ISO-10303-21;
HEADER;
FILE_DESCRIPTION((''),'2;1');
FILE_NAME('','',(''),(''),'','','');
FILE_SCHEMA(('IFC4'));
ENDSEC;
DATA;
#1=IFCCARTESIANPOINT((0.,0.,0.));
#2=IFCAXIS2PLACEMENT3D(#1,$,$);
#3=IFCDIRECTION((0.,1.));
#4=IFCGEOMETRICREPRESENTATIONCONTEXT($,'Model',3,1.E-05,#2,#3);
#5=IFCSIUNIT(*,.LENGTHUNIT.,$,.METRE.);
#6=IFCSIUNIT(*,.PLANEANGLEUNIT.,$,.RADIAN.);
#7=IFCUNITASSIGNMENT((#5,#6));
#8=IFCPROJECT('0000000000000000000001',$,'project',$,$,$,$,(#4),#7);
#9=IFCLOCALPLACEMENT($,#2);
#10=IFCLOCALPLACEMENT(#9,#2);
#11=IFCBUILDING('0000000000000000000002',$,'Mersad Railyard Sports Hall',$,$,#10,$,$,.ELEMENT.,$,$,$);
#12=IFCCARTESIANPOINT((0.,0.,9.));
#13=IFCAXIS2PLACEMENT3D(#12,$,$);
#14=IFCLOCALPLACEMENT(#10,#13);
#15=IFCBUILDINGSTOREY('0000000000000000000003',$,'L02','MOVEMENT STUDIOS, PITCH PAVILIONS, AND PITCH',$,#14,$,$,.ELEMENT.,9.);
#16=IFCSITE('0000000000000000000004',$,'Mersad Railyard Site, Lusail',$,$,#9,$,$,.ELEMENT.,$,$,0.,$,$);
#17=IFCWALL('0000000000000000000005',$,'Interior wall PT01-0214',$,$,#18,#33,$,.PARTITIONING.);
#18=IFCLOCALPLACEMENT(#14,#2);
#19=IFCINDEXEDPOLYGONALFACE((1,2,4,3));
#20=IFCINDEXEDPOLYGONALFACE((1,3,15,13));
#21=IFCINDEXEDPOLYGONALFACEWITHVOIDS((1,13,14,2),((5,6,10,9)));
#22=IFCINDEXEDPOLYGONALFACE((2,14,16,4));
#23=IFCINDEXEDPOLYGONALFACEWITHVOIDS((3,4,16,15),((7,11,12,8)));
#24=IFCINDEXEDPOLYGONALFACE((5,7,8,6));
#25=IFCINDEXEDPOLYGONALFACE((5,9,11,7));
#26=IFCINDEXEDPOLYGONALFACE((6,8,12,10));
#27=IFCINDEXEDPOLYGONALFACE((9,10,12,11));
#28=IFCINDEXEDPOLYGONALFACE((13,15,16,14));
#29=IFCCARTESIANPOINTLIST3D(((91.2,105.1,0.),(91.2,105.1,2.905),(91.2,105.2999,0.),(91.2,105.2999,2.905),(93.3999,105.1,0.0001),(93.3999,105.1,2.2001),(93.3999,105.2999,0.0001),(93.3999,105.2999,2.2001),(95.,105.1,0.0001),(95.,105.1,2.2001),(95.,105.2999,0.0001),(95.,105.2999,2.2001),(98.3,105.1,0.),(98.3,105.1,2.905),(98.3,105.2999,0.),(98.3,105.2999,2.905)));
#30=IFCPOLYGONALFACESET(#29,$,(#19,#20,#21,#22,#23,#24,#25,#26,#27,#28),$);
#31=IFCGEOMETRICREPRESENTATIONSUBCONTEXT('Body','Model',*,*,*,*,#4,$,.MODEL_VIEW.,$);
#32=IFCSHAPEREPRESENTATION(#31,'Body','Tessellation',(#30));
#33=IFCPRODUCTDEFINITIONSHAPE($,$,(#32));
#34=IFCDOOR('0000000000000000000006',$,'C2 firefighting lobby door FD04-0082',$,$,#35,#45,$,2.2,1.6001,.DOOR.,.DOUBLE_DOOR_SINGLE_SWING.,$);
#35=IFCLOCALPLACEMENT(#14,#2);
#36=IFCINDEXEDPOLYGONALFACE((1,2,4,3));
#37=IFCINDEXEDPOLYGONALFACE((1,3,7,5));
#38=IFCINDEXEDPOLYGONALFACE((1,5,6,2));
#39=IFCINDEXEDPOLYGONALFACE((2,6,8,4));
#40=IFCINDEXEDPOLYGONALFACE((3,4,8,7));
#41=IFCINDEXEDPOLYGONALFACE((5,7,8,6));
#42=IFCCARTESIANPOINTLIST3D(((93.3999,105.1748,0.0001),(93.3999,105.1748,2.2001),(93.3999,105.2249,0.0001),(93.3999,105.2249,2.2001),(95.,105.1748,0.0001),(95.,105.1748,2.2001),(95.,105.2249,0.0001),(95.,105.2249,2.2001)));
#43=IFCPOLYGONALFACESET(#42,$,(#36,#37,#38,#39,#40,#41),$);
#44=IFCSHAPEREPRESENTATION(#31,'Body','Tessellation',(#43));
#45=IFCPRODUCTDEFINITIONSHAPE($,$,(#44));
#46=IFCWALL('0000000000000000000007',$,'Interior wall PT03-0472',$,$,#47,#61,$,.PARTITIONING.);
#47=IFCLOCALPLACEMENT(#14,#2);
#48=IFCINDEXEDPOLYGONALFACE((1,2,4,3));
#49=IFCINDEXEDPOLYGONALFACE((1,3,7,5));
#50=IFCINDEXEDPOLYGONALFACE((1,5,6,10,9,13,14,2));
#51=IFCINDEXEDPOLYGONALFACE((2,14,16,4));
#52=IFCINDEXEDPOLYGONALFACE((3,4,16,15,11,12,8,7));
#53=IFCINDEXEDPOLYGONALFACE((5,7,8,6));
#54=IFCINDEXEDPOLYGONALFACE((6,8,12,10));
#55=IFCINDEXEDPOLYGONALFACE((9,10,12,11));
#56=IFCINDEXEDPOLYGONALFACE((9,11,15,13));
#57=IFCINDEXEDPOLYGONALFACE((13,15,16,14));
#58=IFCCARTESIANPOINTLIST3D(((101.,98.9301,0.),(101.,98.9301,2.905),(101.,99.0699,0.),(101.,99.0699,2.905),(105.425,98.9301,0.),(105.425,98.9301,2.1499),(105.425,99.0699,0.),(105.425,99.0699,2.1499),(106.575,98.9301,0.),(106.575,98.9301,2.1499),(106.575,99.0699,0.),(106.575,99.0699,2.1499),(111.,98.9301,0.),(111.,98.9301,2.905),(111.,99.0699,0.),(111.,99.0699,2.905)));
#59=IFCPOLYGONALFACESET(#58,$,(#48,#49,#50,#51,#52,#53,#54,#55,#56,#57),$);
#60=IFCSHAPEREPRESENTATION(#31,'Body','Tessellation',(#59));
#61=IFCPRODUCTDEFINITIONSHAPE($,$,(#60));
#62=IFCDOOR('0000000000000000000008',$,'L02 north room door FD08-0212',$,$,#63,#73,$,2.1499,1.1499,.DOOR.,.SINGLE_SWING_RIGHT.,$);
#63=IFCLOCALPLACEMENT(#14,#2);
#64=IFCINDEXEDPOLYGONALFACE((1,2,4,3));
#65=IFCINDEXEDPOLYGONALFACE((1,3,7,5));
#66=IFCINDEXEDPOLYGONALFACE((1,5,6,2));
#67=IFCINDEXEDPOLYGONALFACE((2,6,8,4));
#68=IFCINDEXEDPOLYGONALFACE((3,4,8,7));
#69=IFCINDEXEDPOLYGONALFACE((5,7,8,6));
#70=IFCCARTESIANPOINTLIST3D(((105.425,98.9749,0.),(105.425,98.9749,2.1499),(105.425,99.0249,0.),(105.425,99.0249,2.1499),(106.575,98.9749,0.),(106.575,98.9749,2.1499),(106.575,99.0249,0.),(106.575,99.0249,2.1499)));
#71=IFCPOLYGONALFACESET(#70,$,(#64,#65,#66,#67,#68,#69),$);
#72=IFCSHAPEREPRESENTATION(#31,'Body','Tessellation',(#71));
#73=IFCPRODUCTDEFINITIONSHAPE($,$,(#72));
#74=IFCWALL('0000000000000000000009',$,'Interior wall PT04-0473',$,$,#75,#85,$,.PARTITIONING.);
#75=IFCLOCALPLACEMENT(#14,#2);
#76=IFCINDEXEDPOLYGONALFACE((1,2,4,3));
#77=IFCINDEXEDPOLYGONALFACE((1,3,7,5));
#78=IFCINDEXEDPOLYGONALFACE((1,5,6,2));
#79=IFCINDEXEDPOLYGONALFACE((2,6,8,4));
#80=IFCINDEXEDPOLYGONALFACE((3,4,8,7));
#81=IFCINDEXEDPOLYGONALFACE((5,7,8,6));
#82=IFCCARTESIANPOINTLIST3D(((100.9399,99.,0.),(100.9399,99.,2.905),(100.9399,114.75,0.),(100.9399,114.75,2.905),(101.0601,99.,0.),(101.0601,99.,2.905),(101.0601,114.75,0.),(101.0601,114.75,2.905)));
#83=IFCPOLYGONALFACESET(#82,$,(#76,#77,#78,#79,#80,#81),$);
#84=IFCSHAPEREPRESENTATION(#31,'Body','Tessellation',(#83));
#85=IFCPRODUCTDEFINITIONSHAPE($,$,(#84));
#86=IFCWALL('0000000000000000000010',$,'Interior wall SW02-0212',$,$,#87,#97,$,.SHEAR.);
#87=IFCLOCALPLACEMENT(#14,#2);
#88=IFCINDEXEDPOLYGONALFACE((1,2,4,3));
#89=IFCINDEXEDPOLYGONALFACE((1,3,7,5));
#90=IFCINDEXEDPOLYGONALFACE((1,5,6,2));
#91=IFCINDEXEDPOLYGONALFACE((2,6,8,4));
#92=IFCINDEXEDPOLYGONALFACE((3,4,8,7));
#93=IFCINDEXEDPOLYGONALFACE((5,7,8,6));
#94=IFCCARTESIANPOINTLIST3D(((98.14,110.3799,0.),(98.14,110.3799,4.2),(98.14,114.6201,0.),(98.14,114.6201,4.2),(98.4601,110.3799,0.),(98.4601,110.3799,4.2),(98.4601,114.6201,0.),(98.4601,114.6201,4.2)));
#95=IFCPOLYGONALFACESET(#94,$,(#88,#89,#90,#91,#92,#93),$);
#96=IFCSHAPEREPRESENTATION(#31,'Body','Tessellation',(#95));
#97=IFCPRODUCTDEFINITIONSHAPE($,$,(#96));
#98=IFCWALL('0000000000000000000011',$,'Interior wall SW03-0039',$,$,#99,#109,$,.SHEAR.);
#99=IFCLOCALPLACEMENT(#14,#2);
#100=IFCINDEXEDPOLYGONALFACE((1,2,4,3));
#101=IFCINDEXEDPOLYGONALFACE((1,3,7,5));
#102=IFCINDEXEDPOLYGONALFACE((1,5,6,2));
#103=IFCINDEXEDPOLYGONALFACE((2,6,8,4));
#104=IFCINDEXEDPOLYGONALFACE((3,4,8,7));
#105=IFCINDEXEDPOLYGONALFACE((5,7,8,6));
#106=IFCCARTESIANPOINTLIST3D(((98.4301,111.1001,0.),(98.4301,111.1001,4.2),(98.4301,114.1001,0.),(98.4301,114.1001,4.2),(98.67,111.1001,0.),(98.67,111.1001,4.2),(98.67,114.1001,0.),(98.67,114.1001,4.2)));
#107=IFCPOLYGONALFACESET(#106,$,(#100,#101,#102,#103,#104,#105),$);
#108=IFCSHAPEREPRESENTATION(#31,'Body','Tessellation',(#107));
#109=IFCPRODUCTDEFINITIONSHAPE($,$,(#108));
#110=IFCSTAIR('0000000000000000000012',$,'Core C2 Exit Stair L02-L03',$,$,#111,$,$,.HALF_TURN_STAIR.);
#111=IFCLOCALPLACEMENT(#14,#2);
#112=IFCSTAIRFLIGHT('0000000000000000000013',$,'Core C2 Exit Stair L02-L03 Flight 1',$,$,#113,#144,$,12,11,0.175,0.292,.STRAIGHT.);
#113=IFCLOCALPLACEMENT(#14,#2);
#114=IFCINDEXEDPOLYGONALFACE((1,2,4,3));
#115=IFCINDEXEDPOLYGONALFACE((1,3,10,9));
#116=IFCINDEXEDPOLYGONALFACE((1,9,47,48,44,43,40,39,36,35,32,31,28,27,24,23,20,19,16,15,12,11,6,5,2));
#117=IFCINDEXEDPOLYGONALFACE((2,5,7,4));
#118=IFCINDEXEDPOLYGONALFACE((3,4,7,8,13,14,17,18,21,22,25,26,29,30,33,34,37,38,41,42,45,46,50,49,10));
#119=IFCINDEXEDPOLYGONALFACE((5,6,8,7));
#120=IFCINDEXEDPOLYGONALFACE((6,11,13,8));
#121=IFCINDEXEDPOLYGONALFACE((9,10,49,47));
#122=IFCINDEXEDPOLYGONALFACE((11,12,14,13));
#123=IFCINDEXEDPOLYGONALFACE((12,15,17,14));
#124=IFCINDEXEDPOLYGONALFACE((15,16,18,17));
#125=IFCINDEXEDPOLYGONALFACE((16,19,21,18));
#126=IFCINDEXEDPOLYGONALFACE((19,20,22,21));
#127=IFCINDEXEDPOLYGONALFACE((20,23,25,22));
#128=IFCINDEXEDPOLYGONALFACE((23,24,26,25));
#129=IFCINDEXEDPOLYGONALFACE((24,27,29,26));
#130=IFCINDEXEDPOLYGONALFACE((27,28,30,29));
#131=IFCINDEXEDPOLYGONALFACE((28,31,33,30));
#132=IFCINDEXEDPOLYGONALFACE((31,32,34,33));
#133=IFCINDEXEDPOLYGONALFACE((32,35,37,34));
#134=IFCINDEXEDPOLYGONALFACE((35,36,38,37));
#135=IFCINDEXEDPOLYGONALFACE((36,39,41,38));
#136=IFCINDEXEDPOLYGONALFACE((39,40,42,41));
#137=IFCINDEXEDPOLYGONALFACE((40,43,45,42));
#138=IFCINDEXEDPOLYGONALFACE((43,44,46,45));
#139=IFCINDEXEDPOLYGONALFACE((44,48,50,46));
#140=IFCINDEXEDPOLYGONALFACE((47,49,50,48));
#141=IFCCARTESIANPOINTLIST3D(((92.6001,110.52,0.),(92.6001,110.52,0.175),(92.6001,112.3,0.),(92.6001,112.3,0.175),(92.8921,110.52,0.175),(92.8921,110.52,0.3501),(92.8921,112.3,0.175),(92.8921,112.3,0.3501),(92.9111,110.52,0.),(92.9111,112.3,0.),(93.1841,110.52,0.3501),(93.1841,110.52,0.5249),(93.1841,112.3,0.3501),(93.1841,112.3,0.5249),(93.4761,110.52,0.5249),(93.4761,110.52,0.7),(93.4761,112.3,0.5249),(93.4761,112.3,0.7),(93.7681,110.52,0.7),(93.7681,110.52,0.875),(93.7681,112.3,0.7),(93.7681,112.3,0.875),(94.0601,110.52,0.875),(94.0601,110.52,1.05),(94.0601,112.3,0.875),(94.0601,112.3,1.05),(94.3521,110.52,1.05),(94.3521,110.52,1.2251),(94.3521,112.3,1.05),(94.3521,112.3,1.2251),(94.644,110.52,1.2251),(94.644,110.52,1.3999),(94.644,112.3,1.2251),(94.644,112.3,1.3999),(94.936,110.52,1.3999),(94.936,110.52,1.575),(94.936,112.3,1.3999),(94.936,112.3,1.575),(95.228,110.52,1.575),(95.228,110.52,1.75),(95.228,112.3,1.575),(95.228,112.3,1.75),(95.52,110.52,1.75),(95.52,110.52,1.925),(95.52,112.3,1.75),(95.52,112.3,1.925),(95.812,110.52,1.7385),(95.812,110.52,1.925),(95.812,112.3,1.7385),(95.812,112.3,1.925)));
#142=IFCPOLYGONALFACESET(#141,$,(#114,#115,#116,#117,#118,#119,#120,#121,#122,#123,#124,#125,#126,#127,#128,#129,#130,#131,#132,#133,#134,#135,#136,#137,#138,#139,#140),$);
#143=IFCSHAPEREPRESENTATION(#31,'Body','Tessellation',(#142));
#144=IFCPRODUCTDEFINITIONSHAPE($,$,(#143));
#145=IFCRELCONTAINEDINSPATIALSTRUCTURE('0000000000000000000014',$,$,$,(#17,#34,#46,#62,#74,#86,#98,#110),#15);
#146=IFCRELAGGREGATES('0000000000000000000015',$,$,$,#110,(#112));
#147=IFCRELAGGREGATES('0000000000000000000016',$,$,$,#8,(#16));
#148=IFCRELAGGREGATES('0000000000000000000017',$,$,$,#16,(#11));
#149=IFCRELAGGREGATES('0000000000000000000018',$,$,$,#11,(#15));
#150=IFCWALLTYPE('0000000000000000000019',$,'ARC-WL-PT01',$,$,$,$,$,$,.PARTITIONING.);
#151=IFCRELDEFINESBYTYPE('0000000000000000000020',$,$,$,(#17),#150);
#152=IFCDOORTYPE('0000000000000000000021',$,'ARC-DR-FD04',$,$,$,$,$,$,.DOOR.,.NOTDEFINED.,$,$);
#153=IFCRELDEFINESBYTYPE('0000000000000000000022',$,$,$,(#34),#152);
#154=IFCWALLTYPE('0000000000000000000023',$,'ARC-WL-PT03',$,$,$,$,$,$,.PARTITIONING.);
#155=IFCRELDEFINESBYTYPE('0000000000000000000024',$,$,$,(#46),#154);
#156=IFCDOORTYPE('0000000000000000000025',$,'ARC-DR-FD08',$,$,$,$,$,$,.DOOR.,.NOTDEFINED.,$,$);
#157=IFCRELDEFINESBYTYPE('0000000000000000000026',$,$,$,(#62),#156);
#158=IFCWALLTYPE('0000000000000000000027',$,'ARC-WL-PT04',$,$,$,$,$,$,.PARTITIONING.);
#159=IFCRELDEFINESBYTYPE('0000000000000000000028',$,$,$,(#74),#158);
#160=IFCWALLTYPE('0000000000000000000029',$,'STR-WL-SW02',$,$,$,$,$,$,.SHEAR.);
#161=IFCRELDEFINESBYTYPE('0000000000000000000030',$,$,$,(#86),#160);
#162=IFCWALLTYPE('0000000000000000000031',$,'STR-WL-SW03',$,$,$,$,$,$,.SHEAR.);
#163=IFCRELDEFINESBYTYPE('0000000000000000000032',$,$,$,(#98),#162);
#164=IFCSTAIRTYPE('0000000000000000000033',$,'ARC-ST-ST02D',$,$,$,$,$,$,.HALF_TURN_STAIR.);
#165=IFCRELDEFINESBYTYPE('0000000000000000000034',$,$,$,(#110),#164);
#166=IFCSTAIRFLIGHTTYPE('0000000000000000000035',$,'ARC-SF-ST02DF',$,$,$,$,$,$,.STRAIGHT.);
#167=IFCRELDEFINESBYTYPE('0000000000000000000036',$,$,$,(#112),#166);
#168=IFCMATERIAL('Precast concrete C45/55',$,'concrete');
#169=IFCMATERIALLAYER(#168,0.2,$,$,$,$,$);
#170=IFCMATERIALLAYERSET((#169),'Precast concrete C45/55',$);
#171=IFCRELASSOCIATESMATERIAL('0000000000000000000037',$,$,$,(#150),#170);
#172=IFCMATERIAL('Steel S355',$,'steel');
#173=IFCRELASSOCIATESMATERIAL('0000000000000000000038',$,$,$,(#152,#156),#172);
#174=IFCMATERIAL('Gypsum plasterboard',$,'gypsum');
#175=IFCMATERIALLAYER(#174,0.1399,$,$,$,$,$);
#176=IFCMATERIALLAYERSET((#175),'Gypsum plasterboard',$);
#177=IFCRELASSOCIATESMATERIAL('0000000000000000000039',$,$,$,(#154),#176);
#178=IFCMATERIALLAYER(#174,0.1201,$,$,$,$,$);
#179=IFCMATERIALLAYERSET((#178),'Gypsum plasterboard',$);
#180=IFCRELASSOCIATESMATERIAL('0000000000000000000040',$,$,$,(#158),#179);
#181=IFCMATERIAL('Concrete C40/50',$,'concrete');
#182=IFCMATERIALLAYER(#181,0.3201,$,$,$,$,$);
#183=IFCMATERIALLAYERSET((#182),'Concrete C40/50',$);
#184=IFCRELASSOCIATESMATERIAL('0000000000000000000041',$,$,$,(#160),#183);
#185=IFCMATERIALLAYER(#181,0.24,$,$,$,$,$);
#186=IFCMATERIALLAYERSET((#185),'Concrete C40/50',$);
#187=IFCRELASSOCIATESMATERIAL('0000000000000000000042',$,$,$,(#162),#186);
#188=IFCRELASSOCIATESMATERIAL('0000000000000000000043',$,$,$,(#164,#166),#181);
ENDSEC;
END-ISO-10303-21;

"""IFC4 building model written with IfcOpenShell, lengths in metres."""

from ifc_helpers import new_model, si_unit, direction, frame, frame_2d, origin, place, context, subcontext, project, spatial, polyline, rectangle, outline, extrude, material, layer, layer_set, type_object, element, fill, aggregate, save


model = new_model("IFC4")

# Units and contexts
model_context = context("Model", 3, precision=1e-05, world=origin(), true_north=direction((0.0, 1.0)))
body_context = subcontext(model_context, "Body", "Model", "MODEL_VIEW")
ifc_project = project(units=[si_unit("LENGTHUNIT", "METRE"), si_unit("PLANEANGLEUNIT", "RADIAN")], contexts=[model_context])

# Site, building, storey
site_placement = place(None, origin())
site = spatial("IfcSite", under=ifc_project, at=site_placement, Name="Mersad Railyard Site, Lusail", CompositionType="ELEMENT", RefElevation=0.0)
building_placement = place(site_placement, origin())
building = spatial("IfcBuilding", under=site, at=building_placement, Name="Mersad Railyard Sports Hall", CompositionType="ELEMENT")
storey_placement = place(building_placement, frame((0.0, 0.0, 9.0)))
storey = spatial("IfcBuildingStorey", under=building, at=storey_placement, Name="L02", Description="MOVEMENT STUDIOS, PITCH PAVILIONS, AND PITCH", CompositionType="ELEMENT", Elevation=9.0)

# Shared definitions
ifc_material_1 = material(Name="Concrete C40/50", Category="concrete")
ifc_material_2 = material(Name="Steel S355", Category="steel")

# Walls, openings, doors
ifc_material_3 = material(Name="Precast concrete C45/55", Category="concrete")
ifc_layer_1 = layer(ifc_material_3, 0.2)
ifc_layer_set_1 = layer_set([ifc_layer_1], Name="Precast concrete C45/55")
wall_type_1 = type_object("IfcWallType", Name="ARC-WL-PT01", PredefinedType="PARTITIONING", material=ifc_layer_set_1)
wall_1_placement = place(storey_placement, frame((91.2, 105.2, 0.0), z_axis=(0.0, 0.0, 1.0), x_axis=(1.0, 0.0, 0.0)))
wall_1 = element("IfcWall", 1, at=wall_1_placement, inside=storey, type_object=wall_type_1, Name="Interior wall PT01-0214", PredefinedType="PARTITIONING", context=body_context, shape_type="SweptSolid", body=[
    extrude(rectangle(XDim=7.1001, YDim=0.2, at=frame_2d((3.55, 0.0))), origin(), (0.0, 0.0, 1.0), 2.905),
])
opening_1_placement = place(wall_1_placement, frame((2.2, 0.0, 0.0)))
opening_1 = element("IfcOpeningElement", 2, at=opening_1_placement, cuts=wall_1, PredefinedType="OPENING", context=body_context, shape_type="SweptSolid", body=[
    extrude(rectangle(XDim=1.6001, YDim=2.2, at=frame_2d((0.8, 1.1001))), frame((0.0, 0.1099, 0.0), z_axis=(0.0, -1.0, 0.0), x_axis=(1.0, 0.0, 0.0)), (0.0, 0.0, 1.0), 0.22),
])
door_type_1 = type_object("IfcDoorType", Name="ARC-DR-FD04", OperationType="NOTDEFINED", PredefinedType="DOOR", material=ifc_material_2)
door_1_placement = place(opening_1_placement, origin())
door_1 = element("IfcDoor", 3, at=door_1_placement, inside=storey, type_object=door_type_1, Name="C2 firefighting lobby door FD04-0082", OperationType="DOUBLE_DOOR_SINGLE_SWING", OverallHeight=2.2, OverallWidth=1.6001, PredefinedType="DOOR", context=body_context, shape_type="SweptSolid", body=[
    extrude(rectangle(XDim=1.6001, YDim=2.2, at=frame_2d((0.8, 1.1001))), frame((0.0, 0.0249, 0.0), z_axis=(0.0, -1.0, 0.0), x_axis=(1.0, 0.0, 0.0)), (0.0, 0.0, 1.0), 0.05),
])
fill(opening_1, door_1)
ifc_material_4 = material(Name="Gypsum plasterboard", Category="gypsum")
ifc_layer_2 = layer(ifc_material_4, 0.1399)
ifc_layer_set_2 = layer_set([ifc_layer_2], Name="Gypsum plasterboard")
wall_type_2 = type_object("IfcWallType", Name="ARC-WL-PT03", PredefinedType="PARTITIONING", material=ifc_layer_set_2)
wall_2_placement = place(storey_placement, frame((101.0, 99.0, 0.0), z_axis=(0.0, 0.0, 1.0), x_axis=(1.0, 0.0, 0.0)))
wall_2 = element("IfcWall", 4, at=wall_2_placement, inside=storey, type_object=wall_type_2, Name="Interior wall PT03-0472", PredefinedType="PARTITIONING", context=body_context, shape_type="SweptSolid", body=[
    extrude(rectangle(XDim=10.0, YDim=0.1399, at=frame_2d((5.0, 0.0))), origin(), (0.0, 0.0, 1.0), 2.905),
])
opening_2_placement = place(wall_2_placement, frame((4.425, 0.0, 0.0)))
opening_2 = element("IfcOpeningElement", 5, at=opening_2_placement, cuts=wall_2, PredefinedType="OPENING", context=body_context, shape_type="SweptSolid", body=[
    extrude(rectangle(XDim=1.1499, YDim=2.1499, at=frame_2d((0.575, 1.075))), frame((0.0, 0.0798, 0.0), z_axis=(0.0, -1.0, 0.0), x_axis=(1.0, 0.0, 0.0)), (0.0, 0.0, 1.0), 0.1599),
])
door_type_2 = type_object("IfcDoorType", Name="ARC-DR-FD08", OperationType="NOTDEFINED", PredefinedType="DOOR", material=ifc_material_2)
door_2_placement = place(opening_2_placement, origin())
door_2 = element("IfcDoor", 6, at=door_2_placement, inside=storey, type_object=door_type_2, Name="L02 north room door FD08-0212", OperationType="SINGLE_SWING_RIGHT", OverallHeight=2.1499, OverallWidth=1.1499, PredefinedType="DOOR", context=body_context, shape_type="SweptSolid", body=[
    extrude(rectangle(XDim=1.1499, YDim=2.1499, at=frame_2d((0.575, 1.075))), frame((0.0, 0.0249, 0.0), z_axis=(0.0, -1.0, 0.0), x_axis=(1.0, 0.0, 0.0)), (0.0, 0.0, 1.0), 0.05),
])
fill(opening_2, door_2)

# Wall
ifc_layer_3 = layer(ifc_material_4, 0.1201)
ifc_layer_set_3 = layer_set([ifc_layer_3], Name="Gypsum plasterboard")
wall_type_3 = type_object("IfcWallType", Name="ARC-WL-PT04", PredefinedType="PARTITIONING", material=ifc_layer_set_3)
wall_3_placement = place(storey_placement, frame((101.0, 99.0, 0.0), z_axis=(0.0, 0.0, 1.0), x_axis=(0.0, 1.0, 0.0)))
element("IfcWall", 7, at=wall_3_placement, inside=storey, type_object=wall_type_3, Name="Interior wall PT04-0473", PredefinedType="PARTITIONING", context=body_context, shape_type="SweptSolid", body=[
    extrude(rectangle(XDim=15.75, YDim=0.1201, at=frame_2d((7.875, 0.0))), origin(), (0.0, 0.0, 1.0), 2.905),
])

# Shared definitions
ifc_layer_4 = layer(ifc_material_1, 0.3201)
ifc_layer_set_4 = layer_set([ifc_layer_4], Name="Concrete C40/50")
wall_type_4 = type_object("IfcWallType", Name="STR-WL-SW02", PredefinedType="SHEAR", material=ifc_layer_set_4)

# Walls
wall_4_placement = place(storey_placement, frame((98.3, 110.3799, 0.0), z_axis=(0.0, 0.0, 1.0), x_axis=(0.0, 1.0, 0.0)))
element("IfcWall", 8, at=wall_4_placement, inside=storey, type_object=wall_type_4, Name="Interior wall SW02-0212", PredefinedType="SHEAR", context=body_context, shape_type="SweptSolid", body=[
    extrude(rectangle(XDim=4.2402, YDim=0.3201, at=frame_2d((2.1201, 0.0))), origin(), (0.0, 0.0, 1.0), 4.2),
])
ifc_layer_5 = layer(ifc_material_1, 0.24)
ifc_layer_set_5 = layer_set([ifc_layer_5], Name="Concrete C40/50")
wall_type_5 = type_object("IfcWallType", Name="STR-WL-SW03", PredefinedType="SHEAR", material=ifc_layer_set_5)
wall_5_placement = place(storey_placement, frame((98.55, 111.1001, 0.0), z_axis=(0.0, 0.0, 1.0), x_axis=(0.0, 1.0, 0.0)))
element("IfcWall", 9, at=wall_5_placement, inside=storey, type_object=wall_type_5, Name="Interior wall SW03-0039", PredefinedType="SHEAR", context=body_context, shape_type="SweptSolid", body=[
    extrude(rectangle(XDim=3.0, YDim=0.24, at=frame_2d((1.5, 0.0))), origin(), (0.0, 0.0, 1.0), 4.2),
])

# Stair, stair flight
stair_type = type_object("IfcStairType", Name="ARC-ST-ST02D", PredefinedType="HALF_TURN_STAIR", material=ifc_material_1)
stair_placement = place(storey_placement, origin())
stair = element("IfcStair", 10, at=stair_placement, inside=storey, type_object=stair_type, Name="Core C2 Exit Stair L02-L03", PredefinedType="HALF_TURN_STAIR")
stair_flight_type = type_object("IfcStairFlightType", Name="ARC-SF-ST02DF", PredefinedType="STRAIGHT", material=ifc_material_1)
stair_flight_placement = place(storey_placement, frame((92.6001, 111.4099, 0.0), z_axis=(0.0, 0.0, 1.0), x_axis=(1.0, 0.0, 0.0)))
stair_flight = element("IfcStairFlight", 11, at=stair_flight_placement, type_object=stair_flight_type, Name="Core C2 Exit Stair L02-L03 Flight 1", NumberOfRisers=12, NumberOfTreads=11, PredefinedType="STRAIGHT", RiserHeight=0.175, TreadLength=0.292, context=body_context, shape_type="SweptSolid", body=[
    extrude(outline(polyline([(0.0, 0.0), (0.0, 0.175), (0.292, 0.175), (0.292, 0.3501), (0.584, 0.3501), (0.584, 0.5249), (0.876, 0.5249), (0.876, 0.7), (1.168, 0.7), (1.168, 0.875), (1.46, 0.875), (1.46, 1.05), (1.752, 1.05), (1.752, 1.2251), (2.0439, 1.2251), (2.0439, 1.3999), (2.3359, 1.3999), (2.3359, 1.575), (2.6279, 1.575), (2.6279, 1.75), (2.9199, 1.75), (2.9199, 1.925), (3.2119, 1.925), (3.2119, 2.1001), (3.2119, 1.7385), (0.311, 0.0), (0.0, 0.0)])), frame((0.0, 0.8901, 0.0), z_axis=(0.0, -1.0, 0.0), x_axis=(1.0, 0.0, 0.0)), (0.0, 0.0, 1.0), 1.78),
])
aggregate(stair, [stair_flight])

save(model, "model.ifc")
